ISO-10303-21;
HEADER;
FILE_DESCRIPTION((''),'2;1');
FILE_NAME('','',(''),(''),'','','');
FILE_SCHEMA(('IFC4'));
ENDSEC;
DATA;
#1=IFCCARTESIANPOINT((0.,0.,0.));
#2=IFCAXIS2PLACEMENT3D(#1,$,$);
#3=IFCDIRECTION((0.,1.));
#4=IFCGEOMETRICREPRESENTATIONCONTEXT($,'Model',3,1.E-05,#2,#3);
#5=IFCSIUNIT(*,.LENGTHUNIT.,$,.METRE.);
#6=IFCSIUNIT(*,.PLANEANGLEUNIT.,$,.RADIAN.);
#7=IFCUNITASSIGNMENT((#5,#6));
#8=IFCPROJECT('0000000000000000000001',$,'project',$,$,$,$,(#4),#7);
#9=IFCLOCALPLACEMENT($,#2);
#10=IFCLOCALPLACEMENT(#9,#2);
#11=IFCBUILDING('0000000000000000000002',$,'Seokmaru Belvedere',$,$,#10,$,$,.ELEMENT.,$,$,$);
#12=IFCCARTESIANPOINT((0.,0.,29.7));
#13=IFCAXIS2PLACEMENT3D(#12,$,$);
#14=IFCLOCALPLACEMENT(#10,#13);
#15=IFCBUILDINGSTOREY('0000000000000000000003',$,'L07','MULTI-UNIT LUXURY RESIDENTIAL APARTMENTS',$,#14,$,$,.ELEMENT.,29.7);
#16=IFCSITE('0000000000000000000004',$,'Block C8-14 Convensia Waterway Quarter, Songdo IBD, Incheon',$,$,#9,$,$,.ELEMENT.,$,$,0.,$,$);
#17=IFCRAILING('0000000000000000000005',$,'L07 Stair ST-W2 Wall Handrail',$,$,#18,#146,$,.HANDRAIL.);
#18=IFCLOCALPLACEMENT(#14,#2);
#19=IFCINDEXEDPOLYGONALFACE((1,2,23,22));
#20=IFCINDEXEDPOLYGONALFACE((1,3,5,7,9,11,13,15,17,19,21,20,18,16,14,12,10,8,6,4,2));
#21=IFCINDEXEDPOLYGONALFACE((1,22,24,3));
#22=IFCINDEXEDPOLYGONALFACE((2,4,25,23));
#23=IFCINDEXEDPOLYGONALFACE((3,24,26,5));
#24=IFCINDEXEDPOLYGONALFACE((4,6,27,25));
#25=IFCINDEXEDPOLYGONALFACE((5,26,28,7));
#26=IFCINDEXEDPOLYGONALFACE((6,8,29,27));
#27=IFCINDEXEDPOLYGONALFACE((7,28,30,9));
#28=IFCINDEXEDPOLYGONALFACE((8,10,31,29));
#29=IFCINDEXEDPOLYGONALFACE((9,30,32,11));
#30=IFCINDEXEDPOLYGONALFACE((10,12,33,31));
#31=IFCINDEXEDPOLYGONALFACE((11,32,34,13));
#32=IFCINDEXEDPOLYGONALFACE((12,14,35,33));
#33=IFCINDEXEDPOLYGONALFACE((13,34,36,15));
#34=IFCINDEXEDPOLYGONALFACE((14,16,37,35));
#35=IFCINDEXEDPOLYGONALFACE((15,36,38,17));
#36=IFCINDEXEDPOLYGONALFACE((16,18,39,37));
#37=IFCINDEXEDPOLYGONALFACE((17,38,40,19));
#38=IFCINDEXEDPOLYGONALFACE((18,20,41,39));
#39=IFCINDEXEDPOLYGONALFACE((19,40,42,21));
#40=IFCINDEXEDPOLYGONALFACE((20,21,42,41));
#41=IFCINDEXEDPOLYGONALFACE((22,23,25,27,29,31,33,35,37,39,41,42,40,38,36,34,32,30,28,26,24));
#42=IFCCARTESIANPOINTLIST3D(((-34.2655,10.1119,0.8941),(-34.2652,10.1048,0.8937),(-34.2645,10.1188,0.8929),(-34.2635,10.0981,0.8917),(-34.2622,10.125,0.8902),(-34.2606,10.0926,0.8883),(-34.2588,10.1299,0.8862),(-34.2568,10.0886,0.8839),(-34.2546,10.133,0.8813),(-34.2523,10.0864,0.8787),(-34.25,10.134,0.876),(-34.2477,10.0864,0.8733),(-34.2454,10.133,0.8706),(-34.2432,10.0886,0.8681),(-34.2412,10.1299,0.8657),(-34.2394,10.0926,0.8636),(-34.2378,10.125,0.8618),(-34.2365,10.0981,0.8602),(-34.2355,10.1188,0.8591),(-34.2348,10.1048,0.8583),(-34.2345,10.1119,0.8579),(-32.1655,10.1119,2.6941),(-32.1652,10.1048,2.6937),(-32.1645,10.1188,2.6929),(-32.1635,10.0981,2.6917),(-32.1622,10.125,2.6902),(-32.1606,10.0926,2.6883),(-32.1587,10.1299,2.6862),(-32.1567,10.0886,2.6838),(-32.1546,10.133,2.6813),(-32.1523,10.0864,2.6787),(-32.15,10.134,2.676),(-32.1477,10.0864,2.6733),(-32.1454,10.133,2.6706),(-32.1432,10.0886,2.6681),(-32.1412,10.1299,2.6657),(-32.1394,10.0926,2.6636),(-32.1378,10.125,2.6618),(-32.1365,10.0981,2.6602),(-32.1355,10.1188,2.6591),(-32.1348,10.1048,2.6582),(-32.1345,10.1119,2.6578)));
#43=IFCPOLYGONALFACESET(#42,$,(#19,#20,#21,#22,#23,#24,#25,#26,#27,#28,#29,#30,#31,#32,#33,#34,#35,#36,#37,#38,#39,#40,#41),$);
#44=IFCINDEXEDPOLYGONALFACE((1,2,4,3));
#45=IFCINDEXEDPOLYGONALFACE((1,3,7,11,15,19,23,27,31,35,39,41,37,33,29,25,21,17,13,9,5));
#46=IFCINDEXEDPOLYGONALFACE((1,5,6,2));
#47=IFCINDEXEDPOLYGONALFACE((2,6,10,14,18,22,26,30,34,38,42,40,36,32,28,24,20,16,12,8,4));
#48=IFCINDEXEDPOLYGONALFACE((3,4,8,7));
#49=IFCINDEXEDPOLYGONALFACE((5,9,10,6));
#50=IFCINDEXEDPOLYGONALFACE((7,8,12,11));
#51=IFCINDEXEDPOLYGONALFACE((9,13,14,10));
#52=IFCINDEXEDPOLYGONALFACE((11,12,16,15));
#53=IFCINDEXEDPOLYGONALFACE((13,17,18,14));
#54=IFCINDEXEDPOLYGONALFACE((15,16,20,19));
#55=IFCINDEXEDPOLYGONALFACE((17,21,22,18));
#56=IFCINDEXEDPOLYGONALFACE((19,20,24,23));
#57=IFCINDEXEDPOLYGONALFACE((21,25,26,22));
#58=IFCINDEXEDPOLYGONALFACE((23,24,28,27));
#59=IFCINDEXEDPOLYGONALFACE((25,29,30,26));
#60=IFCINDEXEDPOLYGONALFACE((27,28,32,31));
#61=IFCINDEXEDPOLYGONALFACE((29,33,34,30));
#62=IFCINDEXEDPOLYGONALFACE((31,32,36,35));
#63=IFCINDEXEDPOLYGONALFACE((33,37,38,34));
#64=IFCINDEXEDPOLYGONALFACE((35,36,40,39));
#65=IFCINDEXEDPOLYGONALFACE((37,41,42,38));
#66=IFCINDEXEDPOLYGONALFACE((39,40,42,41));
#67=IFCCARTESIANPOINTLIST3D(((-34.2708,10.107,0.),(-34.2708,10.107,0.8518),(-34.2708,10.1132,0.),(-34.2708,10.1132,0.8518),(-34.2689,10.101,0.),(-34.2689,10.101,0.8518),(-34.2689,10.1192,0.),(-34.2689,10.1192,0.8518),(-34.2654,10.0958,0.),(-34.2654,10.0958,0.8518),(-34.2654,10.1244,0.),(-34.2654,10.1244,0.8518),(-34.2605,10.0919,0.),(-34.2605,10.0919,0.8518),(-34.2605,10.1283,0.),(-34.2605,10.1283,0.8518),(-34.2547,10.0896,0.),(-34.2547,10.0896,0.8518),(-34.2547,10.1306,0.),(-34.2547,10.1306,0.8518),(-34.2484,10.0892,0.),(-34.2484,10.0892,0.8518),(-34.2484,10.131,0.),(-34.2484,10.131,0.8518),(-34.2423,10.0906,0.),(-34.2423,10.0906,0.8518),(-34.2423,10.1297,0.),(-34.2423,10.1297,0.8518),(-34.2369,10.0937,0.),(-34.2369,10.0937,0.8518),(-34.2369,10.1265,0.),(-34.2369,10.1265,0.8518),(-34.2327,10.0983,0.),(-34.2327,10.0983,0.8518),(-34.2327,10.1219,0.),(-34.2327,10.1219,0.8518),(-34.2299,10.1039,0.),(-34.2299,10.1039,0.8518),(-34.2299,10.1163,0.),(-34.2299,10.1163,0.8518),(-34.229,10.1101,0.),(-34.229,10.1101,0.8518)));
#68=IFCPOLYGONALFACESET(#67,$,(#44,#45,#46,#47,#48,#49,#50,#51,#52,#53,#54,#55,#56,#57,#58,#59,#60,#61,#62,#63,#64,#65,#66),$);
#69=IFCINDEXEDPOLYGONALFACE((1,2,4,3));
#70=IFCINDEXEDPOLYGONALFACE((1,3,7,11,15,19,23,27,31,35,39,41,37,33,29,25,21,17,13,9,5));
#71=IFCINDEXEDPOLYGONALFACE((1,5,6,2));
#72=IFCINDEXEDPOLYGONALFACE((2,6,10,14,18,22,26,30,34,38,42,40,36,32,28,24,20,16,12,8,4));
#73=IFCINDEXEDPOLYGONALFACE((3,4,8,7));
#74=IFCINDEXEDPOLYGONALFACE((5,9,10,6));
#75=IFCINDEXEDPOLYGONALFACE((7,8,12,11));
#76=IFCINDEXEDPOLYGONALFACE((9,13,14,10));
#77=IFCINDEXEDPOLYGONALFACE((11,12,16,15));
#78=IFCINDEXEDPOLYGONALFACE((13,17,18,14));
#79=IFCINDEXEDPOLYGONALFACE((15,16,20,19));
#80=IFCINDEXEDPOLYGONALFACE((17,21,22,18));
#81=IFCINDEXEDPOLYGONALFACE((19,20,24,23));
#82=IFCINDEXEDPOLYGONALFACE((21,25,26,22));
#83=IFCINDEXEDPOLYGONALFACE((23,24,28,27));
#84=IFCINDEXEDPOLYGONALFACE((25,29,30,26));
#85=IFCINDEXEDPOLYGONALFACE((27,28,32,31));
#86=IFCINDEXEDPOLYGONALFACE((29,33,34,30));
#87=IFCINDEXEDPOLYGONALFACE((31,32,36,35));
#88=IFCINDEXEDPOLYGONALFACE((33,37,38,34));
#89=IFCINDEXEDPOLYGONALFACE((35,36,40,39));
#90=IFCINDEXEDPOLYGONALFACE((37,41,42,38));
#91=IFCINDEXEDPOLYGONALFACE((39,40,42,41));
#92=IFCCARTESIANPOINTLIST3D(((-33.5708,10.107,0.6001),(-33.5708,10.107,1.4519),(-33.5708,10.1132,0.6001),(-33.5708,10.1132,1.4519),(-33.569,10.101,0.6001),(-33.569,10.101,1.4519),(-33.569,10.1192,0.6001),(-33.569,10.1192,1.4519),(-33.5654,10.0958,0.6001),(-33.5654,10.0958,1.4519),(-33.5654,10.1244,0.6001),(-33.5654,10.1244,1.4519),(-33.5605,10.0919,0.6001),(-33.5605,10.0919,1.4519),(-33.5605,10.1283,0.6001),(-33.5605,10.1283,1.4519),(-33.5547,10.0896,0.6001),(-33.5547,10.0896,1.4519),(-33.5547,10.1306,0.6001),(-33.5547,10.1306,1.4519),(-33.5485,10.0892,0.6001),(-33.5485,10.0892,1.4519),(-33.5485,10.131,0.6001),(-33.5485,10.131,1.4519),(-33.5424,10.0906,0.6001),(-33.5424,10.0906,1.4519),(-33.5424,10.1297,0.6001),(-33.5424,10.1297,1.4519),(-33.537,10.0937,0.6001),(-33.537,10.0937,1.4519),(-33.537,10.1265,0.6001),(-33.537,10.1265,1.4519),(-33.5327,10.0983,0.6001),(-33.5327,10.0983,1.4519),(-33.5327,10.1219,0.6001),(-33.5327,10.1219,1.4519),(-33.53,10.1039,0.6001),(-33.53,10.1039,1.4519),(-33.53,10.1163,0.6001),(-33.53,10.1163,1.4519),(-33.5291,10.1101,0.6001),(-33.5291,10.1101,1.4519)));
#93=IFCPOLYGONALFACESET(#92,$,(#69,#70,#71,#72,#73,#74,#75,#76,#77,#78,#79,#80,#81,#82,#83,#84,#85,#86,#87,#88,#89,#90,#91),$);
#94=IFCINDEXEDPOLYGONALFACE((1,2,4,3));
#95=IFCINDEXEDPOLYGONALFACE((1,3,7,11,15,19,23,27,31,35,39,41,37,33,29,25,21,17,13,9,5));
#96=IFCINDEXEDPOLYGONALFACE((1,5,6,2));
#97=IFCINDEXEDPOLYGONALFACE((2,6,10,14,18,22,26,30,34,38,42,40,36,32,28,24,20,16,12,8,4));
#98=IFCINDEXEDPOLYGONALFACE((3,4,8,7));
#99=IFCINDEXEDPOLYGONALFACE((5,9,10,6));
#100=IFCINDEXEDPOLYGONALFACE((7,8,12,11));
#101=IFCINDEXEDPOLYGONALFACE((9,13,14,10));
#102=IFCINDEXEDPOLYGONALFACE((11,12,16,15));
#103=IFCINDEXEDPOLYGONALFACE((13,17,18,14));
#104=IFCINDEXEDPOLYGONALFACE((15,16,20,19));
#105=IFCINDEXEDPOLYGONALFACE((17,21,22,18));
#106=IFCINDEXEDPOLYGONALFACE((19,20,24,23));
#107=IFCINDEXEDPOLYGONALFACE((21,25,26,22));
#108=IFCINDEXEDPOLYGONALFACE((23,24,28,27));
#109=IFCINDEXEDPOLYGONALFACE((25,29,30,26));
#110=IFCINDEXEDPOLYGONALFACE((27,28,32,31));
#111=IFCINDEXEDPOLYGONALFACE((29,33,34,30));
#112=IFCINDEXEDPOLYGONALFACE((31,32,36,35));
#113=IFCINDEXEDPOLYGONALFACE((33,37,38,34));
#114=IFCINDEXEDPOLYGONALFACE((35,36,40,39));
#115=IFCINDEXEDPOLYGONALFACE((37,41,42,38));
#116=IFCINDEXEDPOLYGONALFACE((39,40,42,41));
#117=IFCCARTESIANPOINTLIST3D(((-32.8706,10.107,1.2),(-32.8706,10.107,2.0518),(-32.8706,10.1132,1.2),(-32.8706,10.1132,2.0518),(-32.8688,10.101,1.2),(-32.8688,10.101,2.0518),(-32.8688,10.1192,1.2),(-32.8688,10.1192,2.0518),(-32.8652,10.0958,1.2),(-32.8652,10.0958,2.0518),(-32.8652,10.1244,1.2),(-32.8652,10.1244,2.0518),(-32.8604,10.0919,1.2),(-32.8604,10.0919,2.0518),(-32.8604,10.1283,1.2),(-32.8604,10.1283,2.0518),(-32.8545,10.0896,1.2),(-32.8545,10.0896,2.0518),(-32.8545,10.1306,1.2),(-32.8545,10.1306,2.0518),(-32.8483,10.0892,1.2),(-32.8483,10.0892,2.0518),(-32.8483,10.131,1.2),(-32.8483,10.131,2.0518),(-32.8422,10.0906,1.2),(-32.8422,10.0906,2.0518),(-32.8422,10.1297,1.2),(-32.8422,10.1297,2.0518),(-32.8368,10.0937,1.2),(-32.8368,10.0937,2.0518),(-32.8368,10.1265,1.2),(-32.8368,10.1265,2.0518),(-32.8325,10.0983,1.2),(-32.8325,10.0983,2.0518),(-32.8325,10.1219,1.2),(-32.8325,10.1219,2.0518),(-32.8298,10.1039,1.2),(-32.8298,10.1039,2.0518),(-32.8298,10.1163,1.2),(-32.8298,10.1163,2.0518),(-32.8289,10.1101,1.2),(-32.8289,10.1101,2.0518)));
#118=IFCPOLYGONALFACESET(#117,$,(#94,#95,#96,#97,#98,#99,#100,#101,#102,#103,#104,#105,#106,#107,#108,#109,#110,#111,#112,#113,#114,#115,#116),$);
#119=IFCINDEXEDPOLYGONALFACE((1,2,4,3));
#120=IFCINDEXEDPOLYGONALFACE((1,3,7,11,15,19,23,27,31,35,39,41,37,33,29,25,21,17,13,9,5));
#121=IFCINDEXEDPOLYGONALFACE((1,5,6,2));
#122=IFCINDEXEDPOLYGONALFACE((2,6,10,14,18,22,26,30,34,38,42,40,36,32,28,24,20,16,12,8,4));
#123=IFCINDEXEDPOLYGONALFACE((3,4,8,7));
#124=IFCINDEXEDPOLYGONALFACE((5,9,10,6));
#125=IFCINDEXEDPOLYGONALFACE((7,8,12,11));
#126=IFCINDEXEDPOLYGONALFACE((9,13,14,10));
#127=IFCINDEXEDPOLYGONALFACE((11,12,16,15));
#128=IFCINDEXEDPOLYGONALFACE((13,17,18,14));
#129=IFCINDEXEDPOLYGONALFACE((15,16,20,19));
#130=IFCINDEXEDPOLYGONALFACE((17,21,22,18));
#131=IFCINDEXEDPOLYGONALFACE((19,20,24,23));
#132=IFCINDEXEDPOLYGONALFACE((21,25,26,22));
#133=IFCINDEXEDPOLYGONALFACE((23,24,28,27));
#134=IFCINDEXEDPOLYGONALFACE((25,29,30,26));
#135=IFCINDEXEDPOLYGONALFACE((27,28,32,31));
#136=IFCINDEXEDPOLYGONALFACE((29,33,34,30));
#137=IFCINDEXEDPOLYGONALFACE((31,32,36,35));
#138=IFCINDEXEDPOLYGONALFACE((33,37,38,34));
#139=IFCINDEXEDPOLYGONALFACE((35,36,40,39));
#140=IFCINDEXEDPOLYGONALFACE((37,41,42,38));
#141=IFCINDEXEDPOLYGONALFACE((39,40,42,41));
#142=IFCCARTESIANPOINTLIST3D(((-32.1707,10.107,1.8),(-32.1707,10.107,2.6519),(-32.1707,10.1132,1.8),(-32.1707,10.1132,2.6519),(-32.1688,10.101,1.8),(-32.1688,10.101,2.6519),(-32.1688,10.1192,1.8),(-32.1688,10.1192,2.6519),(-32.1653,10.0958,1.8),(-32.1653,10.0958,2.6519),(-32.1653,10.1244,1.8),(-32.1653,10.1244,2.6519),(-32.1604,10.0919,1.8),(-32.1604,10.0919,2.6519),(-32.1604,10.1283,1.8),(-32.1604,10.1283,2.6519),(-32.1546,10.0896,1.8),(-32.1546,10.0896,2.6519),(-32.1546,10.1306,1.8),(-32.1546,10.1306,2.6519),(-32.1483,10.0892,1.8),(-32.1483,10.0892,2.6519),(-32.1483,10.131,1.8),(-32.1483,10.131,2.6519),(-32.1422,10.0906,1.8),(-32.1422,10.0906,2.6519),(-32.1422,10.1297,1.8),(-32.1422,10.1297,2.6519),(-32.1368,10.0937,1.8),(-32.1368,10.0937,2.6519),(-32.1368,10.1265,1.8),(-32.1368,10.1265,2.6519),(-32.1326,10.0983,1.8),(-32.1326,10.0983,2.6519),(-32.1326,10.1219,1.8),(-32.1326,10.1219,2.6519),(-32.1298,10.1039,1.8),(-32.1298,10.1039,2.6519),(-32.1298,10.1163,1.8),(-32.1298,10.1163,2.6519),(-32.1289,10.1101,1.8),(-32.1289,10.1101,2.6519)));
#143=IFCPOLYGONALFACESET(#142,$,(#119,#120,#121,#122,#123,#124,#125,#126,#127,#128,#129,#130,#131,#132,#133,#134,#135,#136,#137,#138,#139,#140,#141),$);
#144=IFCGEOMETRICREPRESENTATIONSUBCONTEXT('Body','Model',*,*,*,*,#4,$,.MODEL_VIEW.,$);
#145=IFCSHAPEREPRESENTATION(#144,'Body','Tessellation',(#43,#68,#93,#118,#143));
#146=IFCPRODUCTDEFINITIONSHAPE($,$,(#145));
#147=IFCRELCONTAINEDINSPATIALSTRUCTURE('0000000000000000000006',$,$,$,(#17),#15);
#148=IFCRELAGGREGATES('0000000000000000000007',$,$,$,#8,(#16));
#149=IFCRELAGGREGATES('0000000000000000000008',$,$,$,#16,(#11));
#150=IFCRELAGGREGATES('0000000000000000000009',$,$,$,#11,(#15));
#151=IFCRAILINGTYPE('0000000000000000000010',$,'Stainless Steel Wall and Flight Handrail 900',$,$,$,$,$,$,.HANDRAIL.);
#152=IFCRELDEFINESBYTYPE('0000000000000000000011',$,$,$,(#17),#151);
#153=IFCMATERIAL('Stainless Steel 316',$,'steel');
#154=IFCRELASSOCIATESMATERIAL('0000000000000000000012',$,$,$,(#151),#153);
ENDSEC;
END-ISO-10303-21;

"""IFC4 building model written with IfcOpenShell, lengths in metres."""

from ifc_helpers import new_model, si_unit, direction, frame, origin, origin_2d, place, context, subcontext, project, spatial, circle, extrude, material, type_object, element, save


model = new_model("IFC4")

# Units and contexts
model_context = context("Model", 3, precision=1e-05, world=origin(), true_north=direction((0.0, 1.0)))
body_context = subcontext(model_context, "Body", "Model", "MODEL_VIEW")
ifc_project = project(units=[si_unit("LENGTHUNIT", "METRE"), si_unit("PLANEANGLEUNIT", "RADIAN")], contexts=[model_context])

# Site, building, storey
site_placement = place(None, origin())
site = spatial("IfcSite", under=ifc_project, at=site_placement, Name="Block C8-14 Convensia Waterway Quarter, Songdo IBD, Incheon", CompositionType="ELEMENT", RefElevation=0.0)
building_placement = place(site_placement, origin())
building = spatial("IfcBuilding", under=site, at=building_placement, Name="Seokmaru Belvedere", CompositionType="ELEMENT")
storey_placement = place(building_placement, frame((0.0, 0.0, 29.7)))
storey = spatial("IfcBuildingStorey", under=building, at=storey_placement, Name="L07", Description="MULTI-UNIT LUXURY RESIDENTIAL APARTMENTS", CompositionType="ELEMENT", Elevation=29.7)

# Railing
ifc_material_1 = material(Name="Stainless Steel 316", Category="steel")
railing_type_1 = type_object("IfcRailingType", Name="Stainless Steel Wall and Flight Handrail 900", PredefinedType="HANDRAIL", material=ifc_material_1)
railing_1_placement = place(storey_placement, frame((-34.25, 10.1101, 0.0)))
element("IfcRailing", 1, at=railing_1_placement, inside=storey, type_object=railing_type_1, Name="L07 Stair ST-W2 Wall Handrail", PredefinedType="HANDRAIL", context=body_context, shape_type="SweptSolid", body=[
    extrude(circle(Radius=0.0239, at=origin_2d()), frame((0.0, 0.0, 0.876), z_axis=(0.759263, 0.0, 0.650784), x_axis=(0.0, 1.0, 0.0)), (0.0, 0.0, 1.0), 2.7659),
    extrude(circle(Radius=0.021, at=origin_2d()), origin(), (0.0, 0.0, 1.0), 0.8518),
    extrude(circle(Radius=0.021, at=origin_2d()), frame((0.7, 0.0, 0.6001)), (0.0, 0.0, 1.0), 0.8518),
    extrude(circle(Radius=0.021, at=origin_2d()), frame((1.4001, 0.0, 1.2)), (0.0, 0.0, 1.0), 0.8518),
    extrude(circle(Radius=0.021, at=origin_2d()), frame((2.1001, 0.0, 1.8)), (0.0, 0.0, 1.0), 0.8518),
])

save(model, "model.ifc")
